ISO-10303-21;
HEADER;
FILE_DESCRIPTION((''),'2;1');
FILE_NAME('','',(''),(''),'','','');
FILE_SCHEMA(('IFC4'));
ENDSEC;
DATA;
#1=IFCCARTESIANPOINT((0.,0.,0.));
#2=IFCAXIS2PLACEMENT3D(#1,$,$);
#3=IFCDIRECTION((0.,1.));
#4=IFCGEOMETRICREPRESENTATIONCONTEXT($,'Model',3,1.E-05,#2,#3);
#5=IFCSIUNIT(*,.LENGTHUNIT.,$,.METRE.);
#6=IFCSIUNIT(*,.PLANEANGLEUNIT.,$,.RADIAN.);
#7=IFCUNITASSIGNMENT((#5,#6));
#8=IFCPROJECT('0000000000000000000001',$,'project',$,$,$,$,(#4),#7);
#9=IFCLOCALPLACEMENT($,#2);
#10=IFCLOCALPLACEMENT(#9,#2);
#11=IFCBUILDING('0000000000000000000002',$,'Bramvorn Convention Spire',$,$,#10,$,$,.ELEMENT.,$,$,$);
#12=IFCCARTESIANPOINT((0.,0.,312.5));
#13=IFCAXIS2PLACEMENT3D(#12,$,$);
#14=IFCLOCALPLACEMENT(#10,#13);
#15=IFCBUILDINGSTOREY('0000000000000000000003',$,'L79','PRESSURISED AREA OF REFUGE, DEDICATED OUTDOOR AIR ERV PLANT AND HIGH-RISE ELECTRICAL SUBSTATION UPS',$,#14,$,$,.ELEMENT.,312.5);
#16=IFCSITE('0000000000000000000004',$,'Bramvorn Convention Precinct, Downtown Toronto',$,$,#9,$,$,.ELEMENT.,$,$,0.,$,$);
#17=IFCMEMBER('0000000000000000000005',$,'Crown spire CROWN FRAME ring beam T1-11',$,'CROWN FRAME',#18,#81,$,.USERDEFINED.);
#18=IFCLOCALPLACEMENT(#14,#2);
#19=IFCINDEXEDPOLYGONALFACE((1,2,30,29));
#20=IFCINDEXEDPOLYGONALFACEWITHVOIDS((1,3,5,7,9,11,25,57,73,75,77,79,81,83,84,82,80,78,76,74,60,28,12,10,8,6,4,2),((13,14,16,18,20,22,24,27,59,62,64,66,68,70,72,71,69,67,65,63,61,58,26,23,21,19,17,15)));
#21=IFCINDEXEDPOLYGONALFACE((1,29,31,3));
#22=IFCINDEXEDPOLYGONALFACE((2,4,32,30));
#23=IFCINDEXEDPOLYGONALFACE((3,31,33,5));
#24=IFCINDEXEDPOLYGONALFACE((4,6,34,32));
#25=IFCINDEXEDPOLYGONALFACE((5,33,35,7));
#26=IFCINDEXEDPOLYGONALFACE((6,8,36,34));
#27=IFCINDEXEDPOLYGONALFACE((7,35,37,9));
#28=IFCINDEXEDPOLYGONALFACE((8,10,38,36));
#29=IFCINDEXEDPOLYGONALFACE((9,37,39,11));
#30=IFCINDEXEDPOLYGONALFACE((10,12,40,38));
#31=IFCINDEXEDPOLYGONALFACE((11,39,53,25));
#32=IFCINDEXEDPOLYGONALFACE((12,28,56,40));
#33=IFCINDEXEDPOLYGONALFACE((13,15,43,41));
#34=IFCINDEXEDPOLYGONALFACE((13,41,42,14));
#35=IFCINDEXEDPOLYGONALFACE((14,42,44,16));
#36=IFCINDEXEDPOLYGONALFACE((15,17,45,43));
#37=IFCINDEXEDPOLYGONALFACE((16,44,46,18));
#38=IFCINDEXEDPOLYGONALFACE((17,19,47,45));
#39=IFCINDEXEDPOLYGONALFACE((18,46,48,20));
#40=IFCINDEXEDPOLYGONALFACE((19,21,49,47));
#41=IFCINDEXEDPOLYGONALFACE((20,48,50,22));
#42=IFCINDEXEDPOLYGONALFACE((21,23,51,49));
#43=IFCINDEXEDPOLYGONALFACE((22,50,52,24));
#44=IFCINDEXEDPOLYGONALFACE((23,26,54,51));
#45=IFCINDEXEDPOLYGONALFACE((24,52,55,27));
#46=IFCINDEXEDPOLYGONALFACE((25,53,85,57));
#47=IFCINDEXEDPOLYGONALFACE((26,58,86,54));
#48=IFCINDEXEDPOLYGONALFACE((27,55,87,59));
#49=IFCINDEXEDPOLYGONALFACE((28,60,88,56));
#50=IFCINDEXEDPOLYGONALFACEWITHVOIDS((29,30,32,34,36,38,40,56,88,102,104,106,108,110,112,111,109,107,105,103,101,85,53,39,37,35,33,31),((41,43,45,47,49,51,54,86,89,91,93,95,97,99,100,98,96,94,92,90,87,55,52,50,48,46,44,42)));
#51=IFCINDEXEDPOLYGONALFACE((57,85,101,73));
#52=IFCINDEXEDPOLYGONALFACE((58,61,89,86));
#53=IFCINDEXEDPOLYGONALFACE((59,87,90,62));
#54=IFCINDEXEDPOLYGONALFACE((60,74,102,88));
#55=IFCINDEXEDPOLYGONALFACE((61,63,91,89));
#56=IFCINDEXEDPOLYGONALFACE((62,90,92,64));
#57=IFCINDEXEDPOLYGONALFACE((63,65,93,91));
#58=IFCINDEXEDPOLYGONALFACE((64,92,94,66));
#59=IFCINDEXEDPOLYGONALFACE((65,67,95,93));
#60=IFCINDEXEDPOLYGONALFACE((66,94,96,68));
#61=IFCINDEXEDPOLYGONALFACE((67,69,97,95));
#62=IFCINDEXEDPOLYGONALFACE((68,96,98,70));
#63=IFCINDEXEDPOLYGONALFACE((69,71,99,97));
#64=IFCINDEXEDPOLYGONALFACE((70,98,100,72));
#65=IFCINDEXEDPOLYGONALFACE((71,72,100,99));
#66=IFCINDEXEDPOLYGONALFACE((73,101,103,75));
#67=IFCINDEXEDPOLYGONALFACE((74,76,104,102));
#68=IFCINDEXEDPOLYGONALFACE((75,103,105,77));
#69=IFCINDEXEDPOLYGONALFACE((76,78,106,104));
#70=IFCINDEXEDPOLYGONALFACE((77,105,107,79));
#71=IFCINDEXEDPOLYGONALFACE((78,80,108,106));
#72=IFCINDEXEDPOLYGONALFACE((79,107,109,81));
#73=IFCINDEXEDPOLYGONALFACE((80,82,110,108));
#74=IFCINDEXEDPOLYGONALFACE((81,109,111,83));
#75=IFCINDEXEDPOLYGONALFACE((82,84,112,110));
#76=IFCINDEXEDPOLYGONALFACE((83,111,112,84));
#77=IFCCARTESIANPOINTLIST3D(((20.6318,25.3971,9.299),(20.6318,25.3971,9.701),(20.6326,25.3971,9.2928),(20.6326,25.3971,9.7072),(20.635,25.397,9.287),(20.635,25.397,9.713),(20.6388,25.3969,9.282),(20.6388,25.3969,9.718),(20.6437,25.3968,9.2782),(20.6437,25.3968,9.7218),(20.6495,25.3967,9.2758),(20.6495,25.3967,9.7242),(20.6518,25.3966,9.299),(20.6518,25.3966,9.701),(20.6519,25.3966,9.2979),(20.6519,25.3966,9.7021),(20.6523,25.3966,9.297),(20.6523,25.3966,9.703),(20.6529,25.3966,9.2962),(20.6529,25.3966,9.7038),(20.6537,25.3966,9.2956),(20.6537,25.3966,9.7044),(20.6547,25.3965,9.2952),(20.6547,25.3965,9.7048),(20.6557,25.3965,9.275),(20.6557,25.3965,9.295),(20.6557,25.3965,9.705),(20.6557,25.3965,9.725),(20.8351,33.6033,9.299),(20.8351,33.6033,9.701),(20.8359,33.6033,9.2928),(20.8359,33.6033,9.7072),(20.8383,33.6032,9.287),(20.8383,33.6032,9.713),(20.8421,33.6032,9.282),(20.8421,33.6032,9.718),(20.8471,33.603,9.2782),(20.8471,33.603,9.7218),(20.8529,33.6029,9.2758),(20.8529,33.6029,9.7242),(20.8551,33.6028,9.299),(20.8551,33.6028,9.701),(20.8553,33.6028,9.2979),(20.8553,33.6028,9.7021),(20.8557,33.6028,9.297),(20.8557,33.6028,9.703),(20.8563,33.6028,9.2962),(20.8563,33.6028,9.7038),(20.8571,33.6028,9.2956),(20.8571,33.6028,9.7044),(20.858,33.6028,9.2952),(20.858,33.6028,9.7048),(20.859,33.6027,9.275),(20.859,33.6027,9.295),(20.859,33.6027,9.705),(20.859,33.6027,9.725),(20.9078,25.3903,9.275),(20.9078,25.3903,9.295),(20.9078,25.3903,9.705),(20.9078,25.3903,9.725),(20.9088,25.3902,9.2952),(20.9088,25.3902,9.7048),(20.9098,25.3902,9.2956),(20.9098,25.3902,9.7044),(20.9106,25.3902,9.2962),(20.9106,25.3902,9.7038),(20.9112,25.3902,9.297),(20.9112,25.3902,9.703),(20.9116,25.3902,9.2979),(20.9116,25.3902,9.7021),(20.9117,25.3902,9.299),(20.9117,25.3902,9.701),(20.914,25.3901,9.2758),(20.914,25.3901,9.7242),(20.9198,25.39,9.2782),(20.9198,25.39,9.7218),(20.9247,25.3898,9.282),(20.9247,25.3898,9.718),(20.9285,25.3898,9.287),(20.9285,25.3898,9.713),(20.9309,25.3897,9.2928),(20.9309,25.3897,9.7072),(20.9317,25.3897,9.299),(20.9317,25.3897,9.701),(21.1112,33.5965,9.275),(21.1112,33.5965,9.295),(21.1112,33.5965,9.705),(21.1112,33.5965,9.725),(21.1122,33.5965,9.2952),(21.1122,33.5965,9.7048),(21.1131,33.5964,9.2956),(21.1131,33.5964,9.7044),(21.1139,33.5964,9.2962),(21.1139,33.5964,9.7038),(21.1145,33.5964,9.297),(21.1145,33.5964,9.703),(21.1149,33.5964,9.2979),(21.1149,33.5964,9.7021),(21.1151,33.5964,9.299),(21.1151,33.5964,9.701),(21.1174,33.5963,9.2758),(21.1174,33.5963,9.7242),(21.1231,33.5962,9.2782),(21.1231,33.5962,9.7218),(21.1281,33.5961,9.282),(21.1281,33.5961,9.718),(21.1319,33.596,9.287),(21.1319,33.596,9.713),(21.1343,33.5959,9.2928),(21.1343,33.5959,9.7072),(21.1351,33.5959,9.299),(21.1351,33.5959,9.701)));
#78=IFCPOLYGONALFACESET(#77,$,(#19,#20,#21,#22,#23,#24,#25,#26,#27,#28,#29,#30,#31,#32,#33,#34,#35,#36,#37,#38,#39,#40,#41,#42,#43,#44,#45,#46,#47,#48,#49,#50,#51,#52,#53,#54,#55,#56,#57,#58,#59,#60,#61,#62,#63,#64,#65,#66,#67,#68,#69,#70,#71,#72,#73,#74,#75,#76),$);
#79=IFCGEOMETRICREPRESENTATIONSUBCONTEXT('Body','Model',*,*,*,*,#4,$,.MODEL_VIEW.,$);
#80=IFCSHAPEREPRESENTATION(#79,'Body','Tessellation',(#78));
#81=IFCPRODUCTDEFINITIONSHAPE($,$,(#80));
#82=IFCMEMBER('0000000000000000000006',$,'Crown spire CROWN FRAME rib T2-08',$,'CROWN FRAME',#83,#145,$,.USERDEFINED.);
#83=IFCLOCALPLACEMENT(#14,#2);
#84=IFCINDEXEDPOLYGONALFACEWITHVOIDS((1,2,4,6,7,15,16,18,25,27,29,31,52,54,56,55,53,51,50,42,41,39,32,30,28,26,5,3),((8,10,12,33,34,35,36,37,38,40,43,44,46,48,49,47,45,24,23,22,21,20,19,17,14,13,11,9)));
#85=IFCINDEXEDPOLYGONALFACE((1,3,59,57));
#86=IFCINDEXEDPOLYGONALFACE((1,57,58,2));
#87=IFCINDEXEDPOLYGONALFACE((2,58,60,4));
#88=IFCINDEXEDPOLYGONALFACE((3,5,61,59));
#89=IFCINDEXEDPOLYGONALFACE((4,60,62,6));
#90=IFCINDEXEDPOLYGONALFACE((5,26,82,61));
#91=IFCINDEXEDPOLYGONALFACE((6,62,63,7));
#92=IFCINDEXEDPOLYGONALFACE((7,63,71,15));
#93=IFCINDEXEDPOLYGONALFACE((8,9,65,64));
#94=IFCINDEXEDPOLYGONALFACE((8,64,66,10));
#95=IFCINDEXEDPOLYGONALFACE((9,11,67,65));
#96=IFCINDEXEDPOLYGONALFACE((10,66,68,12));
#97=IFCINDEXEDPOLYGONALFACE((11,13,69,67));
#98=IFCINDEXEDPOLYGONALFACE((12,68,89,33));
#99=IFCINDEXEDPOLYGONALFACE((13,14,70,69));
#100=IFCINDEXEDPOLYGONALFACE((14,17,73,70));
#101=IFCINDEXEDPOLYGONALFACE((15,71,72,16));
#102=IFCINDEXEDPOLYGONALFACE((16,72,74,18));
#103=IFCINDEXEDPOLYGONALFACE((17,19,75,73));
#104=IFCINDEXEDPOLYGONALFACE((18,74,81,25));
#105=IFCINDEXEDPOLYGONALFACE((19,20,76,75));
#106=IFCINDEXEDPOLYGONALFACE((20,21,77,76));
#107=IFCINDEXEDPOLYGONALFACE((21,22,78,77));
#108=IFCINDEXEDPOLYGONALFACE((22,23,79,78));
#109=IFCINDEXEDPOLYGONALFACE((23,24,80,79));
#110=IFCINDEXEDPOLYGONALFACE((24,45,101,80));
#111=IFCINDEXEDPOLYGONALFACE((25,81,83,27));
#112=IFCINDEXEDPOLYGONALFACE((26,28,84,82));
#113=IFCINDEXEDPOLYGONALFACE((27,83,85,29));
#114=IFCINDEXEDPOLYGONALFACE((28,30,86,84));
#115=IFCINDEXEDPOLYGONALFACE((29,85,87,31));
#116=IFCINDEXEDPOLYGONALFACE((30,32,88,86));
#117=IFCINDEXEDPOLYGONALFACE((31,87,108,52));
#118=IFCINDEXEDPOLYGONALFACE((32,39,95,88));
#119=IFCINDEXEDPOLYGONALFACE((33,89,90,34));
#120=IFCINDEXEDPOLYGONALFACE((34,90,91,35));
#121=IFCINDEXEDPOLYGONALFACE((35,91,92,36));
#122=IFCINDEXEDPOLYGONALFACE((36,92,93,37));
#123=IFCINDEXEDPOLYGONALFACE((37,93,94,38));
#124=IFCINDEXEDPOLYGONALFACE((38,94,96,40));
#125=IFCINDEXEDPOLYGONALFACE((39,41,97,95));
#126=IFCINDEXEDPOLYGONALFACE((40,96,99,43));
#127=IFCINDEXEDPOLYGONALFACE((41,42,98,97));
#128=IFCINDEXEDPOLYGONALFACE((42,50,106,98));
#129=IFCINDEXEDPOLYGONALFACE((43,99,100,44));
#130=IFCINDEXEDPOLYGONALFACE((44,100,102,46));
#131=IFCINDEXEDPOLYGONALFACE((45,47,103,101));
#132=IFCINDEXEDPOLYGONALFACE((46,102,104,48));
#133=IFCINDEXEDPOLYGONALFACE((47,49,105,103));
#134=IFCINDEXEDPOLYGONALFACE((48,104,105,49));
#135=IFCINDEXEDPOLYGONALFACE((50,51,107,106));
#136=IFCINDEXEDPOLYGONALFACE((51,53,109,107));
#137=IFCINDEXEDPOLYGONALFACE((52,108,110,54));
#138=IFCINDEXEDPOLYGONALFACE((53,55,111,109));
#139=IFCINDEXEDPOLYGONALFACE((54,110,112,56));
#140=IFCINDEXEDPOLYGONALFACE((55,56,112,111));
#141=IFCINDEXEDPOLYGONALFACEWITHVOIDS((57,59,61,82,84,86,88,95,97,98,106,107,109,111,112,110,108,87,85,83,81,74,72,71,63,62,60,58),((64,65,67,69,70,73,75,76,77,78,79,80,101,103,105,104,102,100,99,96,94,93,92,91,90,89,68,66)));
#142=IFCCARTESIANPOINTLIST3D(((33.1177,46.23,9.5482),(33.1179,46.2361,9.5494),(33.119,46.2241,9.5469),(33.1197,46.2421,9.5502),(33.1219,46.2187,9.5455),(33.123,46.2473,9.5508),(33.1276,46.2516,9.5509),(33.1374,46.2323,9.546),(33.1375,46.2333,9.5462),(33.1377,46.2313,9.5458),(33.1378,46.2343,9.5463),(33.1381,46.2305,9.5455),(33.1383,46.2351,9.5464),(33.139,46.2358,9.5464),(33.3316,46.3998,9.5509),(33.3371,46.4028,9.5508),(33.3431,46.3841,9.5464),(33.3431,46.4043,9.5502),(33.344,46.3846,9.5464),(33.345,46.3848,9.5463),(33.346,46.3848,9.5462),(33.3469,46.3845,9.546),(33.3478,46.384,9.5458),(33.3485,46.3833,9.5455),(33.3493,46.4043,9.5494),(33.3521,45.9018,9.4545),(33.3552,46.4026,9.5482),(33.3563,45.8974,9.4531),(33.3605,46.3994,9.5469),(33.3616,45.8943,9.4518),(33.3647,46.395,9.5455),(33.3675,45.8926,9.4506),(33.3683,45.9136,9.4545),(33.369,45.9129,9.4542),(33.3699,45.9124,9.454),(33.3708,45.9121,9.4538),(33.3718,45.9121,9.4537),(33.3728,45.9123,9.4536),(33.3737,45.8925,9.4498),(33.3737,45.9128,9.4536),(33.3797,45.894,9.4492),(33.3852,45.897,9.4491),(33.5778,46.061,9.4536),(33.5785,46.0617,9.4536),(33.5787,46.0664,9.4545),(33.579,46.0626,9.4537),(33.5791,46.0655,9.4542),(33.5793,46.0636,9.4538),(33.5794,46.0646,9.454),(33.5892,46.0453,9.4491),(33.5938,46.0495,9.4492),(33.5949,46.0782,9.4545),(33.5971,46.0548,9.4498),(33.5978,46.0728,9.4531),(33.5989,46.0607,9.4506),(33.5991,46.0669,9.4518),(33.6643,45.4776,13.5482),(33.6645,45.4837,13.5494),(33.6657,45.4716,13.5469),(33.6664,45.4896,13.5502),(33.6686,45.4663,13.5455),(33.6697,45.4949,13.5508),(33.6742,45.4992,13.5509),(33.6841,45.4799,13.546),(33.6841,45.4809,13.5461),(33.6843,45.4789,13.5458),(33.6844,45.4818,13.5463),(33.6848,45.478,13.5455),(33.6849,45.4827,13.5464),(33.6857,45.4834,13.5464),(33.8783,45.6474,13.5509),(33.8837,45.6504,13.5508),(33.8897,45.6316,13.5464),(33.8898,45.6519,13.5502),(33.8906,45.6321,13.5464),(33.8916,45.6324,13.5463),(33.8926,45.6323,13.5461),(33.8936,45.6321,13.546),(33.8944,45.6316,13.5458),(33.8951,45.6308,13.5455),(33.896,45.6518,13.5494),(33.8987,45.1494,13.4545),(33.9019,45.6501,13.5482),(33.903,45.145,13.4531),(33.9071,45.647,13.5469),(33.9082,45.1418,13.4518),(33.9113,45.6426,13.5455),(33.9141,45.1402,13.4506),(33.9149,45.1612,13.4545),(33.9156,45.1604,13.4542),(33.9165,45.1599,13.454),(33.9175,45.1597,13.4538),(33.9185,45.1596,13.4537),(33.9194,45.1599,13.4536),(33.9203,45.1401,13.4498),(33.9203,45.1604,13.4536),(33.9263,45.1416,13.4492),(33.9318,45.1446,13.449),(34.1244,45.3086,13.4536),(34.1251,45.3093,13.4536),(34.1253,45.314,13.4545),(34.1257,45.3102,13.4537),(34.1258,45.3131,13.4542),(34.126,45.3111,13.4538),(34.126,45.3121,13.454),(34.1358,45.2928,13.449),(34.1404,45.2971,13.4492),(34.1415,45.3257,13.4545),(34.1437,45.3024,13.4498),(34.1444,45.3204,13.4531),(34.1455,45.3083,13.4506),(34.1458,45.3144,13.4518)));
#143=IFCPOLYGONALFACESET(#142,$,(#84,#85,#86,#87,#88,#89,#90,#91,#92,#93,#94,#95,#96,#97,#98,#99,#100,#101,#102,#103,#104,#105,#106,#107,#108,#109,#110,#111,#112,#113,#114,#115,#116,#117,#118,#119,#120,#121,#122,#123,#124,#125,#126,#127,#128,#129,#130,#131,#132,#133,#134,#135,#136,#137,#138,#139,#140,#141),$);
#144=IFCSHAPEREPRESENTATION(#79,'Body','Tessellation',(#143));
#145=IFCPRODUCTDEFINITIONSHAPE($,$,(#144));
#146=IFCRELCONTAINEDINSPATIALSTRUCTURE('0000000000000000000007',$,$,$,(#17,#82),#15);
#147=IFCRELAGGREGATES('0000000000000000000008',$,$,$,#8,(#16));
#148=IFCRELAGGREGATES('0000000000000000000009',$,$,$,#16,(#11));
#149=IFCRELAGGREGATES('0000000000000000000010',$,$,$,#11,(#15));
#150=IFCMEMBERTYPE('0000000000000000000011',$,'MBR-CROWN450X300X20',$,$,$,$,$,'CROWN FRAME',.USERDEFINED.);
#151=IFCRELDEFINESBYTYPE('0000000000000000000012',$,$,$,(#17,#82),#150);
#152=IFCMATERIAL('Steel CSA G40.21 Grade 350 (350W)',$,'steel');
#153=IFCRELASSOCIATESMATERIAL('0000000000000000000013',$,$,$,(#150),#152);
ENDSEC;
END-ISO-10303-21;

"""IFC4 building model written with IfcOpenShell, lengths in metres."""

from ifc_helpers import new_model, si_unit, direction, frame, origin, origin_2d, place, context, subcontext, project, spatial, hollow_rectangle, extrude, material, material_profile, profile_set, type_object, element, save


model = new_model("IFC4")

# Units and contexts
model_context = context("Model", 3, precision=1e-05, world=origin(), true_north=direction((0.0, 1.0)))
body_context = subcontext(model_context, "Body", "Model", "MODEL_VIEW")
ifc_project = project(units=[si_unit("LENGTHUNIT", "METRE"), si_unit("PLANEANGLEUNIT", "RADIAN")], contexts=[model_context])

# Site, building, storey
site_placement = place(None, origin())
site = spatial("IfcSite", under=ifc_project, at=site_placement, Name="Bramvorn Convention Precinct, Downtown Toronto", CompositionType="ELEMENT", RefElevation=0.0)
building_placement = place(site_placement, origin())
building = spatial("IfcBuilding", under=site, at=building_placement, Name="Bramvorn Convention Spire", CompositionType="ELEMENT")
storey_placement = place(building_placement, frame((0.0, 0.0, 312.5)))
storey = spatial("IfcBuildingStorey", under=building, at=storey_placement, Name="L79", Description="PRESSURISED AREA OF REFUGE, DEDICATED OUTDOOR AIR ERV PLANT AND HIGH-RISE ELECTRICAL SUBSTATION UPS", CompositionType="ELEMENT", Elevation=312.5)

# Shared definitions
ifc_material_1 = material(Name="Steel CSA G40.21 Grade 350 (350W)", Category="steel")

# Members
ifc_material_profile_1 = material_profile(ifc_material_1, hollow_rectangle(XDim=0.3, YDim=0.45, WallThickness=0.02, InnerFilletRadius=0.0039, OuterFilletRadius=0.0239, at=origin_2d()))
ifc_profile_set_1 = profile_set([ifc_material_profile_1], Name="Steel CSA G40.21 Grade 350 (350W) - CROWN450X300X20")
member_type = type_object("IfcMemberType", Name="MBR-CROWN450X300X20", ElementType="CROWN FRAME", PredefinedType="USERDEFINED", material=ifc_profile_set_1)
member_1_placement = place(storey_placement, frame((20.9851, 33.5996, 9.5), z_axis=(-0.024774, -0.999693, 0.0), x_axis=(0.999693, -0.024774, 0.0)))
element("IfcMember", 1, at=member_1_placement, inside=storey, type_object=member_type, Name="Crown spire CROWN FRAME ring beam T1-11", ObjectType="CROWN FRAME", PredefinedType="USERDEFINED", context=body_context, shape_type="SweptSolid", body=[
    extrude(hollow_rectangle(XDim=0.3, YDim=0.45, WallThickness=0.02, InnerFilletRadius=0.0039, OuterFilletRadius=0.0239, at=origin_2d()), origin(), (0.0, 0.0, 1.0), 8.2087),
])
member_2_placement = place(storey_placement, frame((33.3584, 46.1484, 9.5), z_axis=(0.133107, -0.183223, 0.974018), x_axis=(0.809042, 0.58775, 0.0)))
element("IfcMember", 2, at=member_2_placement, inside=storey, type_object=member_type, Name="Crown spire CROWN FRAME rib T2-08", ObjectType="CROWN FRAME", PredefinedType="USERDEFINED", context=body_context, shape_type="SweptSolid", body=[
    extrude(hollow_rectangle(XDim=0.3, YDim=0.45, WallThickness=0.02, InnerFilletRadius=0.0039, OuterFilletRadius=0.0239, at=origin_2d()), origin(), (0.0, 0.0, 1.0), 4.1067),
])

save(model, "model.ifc")
